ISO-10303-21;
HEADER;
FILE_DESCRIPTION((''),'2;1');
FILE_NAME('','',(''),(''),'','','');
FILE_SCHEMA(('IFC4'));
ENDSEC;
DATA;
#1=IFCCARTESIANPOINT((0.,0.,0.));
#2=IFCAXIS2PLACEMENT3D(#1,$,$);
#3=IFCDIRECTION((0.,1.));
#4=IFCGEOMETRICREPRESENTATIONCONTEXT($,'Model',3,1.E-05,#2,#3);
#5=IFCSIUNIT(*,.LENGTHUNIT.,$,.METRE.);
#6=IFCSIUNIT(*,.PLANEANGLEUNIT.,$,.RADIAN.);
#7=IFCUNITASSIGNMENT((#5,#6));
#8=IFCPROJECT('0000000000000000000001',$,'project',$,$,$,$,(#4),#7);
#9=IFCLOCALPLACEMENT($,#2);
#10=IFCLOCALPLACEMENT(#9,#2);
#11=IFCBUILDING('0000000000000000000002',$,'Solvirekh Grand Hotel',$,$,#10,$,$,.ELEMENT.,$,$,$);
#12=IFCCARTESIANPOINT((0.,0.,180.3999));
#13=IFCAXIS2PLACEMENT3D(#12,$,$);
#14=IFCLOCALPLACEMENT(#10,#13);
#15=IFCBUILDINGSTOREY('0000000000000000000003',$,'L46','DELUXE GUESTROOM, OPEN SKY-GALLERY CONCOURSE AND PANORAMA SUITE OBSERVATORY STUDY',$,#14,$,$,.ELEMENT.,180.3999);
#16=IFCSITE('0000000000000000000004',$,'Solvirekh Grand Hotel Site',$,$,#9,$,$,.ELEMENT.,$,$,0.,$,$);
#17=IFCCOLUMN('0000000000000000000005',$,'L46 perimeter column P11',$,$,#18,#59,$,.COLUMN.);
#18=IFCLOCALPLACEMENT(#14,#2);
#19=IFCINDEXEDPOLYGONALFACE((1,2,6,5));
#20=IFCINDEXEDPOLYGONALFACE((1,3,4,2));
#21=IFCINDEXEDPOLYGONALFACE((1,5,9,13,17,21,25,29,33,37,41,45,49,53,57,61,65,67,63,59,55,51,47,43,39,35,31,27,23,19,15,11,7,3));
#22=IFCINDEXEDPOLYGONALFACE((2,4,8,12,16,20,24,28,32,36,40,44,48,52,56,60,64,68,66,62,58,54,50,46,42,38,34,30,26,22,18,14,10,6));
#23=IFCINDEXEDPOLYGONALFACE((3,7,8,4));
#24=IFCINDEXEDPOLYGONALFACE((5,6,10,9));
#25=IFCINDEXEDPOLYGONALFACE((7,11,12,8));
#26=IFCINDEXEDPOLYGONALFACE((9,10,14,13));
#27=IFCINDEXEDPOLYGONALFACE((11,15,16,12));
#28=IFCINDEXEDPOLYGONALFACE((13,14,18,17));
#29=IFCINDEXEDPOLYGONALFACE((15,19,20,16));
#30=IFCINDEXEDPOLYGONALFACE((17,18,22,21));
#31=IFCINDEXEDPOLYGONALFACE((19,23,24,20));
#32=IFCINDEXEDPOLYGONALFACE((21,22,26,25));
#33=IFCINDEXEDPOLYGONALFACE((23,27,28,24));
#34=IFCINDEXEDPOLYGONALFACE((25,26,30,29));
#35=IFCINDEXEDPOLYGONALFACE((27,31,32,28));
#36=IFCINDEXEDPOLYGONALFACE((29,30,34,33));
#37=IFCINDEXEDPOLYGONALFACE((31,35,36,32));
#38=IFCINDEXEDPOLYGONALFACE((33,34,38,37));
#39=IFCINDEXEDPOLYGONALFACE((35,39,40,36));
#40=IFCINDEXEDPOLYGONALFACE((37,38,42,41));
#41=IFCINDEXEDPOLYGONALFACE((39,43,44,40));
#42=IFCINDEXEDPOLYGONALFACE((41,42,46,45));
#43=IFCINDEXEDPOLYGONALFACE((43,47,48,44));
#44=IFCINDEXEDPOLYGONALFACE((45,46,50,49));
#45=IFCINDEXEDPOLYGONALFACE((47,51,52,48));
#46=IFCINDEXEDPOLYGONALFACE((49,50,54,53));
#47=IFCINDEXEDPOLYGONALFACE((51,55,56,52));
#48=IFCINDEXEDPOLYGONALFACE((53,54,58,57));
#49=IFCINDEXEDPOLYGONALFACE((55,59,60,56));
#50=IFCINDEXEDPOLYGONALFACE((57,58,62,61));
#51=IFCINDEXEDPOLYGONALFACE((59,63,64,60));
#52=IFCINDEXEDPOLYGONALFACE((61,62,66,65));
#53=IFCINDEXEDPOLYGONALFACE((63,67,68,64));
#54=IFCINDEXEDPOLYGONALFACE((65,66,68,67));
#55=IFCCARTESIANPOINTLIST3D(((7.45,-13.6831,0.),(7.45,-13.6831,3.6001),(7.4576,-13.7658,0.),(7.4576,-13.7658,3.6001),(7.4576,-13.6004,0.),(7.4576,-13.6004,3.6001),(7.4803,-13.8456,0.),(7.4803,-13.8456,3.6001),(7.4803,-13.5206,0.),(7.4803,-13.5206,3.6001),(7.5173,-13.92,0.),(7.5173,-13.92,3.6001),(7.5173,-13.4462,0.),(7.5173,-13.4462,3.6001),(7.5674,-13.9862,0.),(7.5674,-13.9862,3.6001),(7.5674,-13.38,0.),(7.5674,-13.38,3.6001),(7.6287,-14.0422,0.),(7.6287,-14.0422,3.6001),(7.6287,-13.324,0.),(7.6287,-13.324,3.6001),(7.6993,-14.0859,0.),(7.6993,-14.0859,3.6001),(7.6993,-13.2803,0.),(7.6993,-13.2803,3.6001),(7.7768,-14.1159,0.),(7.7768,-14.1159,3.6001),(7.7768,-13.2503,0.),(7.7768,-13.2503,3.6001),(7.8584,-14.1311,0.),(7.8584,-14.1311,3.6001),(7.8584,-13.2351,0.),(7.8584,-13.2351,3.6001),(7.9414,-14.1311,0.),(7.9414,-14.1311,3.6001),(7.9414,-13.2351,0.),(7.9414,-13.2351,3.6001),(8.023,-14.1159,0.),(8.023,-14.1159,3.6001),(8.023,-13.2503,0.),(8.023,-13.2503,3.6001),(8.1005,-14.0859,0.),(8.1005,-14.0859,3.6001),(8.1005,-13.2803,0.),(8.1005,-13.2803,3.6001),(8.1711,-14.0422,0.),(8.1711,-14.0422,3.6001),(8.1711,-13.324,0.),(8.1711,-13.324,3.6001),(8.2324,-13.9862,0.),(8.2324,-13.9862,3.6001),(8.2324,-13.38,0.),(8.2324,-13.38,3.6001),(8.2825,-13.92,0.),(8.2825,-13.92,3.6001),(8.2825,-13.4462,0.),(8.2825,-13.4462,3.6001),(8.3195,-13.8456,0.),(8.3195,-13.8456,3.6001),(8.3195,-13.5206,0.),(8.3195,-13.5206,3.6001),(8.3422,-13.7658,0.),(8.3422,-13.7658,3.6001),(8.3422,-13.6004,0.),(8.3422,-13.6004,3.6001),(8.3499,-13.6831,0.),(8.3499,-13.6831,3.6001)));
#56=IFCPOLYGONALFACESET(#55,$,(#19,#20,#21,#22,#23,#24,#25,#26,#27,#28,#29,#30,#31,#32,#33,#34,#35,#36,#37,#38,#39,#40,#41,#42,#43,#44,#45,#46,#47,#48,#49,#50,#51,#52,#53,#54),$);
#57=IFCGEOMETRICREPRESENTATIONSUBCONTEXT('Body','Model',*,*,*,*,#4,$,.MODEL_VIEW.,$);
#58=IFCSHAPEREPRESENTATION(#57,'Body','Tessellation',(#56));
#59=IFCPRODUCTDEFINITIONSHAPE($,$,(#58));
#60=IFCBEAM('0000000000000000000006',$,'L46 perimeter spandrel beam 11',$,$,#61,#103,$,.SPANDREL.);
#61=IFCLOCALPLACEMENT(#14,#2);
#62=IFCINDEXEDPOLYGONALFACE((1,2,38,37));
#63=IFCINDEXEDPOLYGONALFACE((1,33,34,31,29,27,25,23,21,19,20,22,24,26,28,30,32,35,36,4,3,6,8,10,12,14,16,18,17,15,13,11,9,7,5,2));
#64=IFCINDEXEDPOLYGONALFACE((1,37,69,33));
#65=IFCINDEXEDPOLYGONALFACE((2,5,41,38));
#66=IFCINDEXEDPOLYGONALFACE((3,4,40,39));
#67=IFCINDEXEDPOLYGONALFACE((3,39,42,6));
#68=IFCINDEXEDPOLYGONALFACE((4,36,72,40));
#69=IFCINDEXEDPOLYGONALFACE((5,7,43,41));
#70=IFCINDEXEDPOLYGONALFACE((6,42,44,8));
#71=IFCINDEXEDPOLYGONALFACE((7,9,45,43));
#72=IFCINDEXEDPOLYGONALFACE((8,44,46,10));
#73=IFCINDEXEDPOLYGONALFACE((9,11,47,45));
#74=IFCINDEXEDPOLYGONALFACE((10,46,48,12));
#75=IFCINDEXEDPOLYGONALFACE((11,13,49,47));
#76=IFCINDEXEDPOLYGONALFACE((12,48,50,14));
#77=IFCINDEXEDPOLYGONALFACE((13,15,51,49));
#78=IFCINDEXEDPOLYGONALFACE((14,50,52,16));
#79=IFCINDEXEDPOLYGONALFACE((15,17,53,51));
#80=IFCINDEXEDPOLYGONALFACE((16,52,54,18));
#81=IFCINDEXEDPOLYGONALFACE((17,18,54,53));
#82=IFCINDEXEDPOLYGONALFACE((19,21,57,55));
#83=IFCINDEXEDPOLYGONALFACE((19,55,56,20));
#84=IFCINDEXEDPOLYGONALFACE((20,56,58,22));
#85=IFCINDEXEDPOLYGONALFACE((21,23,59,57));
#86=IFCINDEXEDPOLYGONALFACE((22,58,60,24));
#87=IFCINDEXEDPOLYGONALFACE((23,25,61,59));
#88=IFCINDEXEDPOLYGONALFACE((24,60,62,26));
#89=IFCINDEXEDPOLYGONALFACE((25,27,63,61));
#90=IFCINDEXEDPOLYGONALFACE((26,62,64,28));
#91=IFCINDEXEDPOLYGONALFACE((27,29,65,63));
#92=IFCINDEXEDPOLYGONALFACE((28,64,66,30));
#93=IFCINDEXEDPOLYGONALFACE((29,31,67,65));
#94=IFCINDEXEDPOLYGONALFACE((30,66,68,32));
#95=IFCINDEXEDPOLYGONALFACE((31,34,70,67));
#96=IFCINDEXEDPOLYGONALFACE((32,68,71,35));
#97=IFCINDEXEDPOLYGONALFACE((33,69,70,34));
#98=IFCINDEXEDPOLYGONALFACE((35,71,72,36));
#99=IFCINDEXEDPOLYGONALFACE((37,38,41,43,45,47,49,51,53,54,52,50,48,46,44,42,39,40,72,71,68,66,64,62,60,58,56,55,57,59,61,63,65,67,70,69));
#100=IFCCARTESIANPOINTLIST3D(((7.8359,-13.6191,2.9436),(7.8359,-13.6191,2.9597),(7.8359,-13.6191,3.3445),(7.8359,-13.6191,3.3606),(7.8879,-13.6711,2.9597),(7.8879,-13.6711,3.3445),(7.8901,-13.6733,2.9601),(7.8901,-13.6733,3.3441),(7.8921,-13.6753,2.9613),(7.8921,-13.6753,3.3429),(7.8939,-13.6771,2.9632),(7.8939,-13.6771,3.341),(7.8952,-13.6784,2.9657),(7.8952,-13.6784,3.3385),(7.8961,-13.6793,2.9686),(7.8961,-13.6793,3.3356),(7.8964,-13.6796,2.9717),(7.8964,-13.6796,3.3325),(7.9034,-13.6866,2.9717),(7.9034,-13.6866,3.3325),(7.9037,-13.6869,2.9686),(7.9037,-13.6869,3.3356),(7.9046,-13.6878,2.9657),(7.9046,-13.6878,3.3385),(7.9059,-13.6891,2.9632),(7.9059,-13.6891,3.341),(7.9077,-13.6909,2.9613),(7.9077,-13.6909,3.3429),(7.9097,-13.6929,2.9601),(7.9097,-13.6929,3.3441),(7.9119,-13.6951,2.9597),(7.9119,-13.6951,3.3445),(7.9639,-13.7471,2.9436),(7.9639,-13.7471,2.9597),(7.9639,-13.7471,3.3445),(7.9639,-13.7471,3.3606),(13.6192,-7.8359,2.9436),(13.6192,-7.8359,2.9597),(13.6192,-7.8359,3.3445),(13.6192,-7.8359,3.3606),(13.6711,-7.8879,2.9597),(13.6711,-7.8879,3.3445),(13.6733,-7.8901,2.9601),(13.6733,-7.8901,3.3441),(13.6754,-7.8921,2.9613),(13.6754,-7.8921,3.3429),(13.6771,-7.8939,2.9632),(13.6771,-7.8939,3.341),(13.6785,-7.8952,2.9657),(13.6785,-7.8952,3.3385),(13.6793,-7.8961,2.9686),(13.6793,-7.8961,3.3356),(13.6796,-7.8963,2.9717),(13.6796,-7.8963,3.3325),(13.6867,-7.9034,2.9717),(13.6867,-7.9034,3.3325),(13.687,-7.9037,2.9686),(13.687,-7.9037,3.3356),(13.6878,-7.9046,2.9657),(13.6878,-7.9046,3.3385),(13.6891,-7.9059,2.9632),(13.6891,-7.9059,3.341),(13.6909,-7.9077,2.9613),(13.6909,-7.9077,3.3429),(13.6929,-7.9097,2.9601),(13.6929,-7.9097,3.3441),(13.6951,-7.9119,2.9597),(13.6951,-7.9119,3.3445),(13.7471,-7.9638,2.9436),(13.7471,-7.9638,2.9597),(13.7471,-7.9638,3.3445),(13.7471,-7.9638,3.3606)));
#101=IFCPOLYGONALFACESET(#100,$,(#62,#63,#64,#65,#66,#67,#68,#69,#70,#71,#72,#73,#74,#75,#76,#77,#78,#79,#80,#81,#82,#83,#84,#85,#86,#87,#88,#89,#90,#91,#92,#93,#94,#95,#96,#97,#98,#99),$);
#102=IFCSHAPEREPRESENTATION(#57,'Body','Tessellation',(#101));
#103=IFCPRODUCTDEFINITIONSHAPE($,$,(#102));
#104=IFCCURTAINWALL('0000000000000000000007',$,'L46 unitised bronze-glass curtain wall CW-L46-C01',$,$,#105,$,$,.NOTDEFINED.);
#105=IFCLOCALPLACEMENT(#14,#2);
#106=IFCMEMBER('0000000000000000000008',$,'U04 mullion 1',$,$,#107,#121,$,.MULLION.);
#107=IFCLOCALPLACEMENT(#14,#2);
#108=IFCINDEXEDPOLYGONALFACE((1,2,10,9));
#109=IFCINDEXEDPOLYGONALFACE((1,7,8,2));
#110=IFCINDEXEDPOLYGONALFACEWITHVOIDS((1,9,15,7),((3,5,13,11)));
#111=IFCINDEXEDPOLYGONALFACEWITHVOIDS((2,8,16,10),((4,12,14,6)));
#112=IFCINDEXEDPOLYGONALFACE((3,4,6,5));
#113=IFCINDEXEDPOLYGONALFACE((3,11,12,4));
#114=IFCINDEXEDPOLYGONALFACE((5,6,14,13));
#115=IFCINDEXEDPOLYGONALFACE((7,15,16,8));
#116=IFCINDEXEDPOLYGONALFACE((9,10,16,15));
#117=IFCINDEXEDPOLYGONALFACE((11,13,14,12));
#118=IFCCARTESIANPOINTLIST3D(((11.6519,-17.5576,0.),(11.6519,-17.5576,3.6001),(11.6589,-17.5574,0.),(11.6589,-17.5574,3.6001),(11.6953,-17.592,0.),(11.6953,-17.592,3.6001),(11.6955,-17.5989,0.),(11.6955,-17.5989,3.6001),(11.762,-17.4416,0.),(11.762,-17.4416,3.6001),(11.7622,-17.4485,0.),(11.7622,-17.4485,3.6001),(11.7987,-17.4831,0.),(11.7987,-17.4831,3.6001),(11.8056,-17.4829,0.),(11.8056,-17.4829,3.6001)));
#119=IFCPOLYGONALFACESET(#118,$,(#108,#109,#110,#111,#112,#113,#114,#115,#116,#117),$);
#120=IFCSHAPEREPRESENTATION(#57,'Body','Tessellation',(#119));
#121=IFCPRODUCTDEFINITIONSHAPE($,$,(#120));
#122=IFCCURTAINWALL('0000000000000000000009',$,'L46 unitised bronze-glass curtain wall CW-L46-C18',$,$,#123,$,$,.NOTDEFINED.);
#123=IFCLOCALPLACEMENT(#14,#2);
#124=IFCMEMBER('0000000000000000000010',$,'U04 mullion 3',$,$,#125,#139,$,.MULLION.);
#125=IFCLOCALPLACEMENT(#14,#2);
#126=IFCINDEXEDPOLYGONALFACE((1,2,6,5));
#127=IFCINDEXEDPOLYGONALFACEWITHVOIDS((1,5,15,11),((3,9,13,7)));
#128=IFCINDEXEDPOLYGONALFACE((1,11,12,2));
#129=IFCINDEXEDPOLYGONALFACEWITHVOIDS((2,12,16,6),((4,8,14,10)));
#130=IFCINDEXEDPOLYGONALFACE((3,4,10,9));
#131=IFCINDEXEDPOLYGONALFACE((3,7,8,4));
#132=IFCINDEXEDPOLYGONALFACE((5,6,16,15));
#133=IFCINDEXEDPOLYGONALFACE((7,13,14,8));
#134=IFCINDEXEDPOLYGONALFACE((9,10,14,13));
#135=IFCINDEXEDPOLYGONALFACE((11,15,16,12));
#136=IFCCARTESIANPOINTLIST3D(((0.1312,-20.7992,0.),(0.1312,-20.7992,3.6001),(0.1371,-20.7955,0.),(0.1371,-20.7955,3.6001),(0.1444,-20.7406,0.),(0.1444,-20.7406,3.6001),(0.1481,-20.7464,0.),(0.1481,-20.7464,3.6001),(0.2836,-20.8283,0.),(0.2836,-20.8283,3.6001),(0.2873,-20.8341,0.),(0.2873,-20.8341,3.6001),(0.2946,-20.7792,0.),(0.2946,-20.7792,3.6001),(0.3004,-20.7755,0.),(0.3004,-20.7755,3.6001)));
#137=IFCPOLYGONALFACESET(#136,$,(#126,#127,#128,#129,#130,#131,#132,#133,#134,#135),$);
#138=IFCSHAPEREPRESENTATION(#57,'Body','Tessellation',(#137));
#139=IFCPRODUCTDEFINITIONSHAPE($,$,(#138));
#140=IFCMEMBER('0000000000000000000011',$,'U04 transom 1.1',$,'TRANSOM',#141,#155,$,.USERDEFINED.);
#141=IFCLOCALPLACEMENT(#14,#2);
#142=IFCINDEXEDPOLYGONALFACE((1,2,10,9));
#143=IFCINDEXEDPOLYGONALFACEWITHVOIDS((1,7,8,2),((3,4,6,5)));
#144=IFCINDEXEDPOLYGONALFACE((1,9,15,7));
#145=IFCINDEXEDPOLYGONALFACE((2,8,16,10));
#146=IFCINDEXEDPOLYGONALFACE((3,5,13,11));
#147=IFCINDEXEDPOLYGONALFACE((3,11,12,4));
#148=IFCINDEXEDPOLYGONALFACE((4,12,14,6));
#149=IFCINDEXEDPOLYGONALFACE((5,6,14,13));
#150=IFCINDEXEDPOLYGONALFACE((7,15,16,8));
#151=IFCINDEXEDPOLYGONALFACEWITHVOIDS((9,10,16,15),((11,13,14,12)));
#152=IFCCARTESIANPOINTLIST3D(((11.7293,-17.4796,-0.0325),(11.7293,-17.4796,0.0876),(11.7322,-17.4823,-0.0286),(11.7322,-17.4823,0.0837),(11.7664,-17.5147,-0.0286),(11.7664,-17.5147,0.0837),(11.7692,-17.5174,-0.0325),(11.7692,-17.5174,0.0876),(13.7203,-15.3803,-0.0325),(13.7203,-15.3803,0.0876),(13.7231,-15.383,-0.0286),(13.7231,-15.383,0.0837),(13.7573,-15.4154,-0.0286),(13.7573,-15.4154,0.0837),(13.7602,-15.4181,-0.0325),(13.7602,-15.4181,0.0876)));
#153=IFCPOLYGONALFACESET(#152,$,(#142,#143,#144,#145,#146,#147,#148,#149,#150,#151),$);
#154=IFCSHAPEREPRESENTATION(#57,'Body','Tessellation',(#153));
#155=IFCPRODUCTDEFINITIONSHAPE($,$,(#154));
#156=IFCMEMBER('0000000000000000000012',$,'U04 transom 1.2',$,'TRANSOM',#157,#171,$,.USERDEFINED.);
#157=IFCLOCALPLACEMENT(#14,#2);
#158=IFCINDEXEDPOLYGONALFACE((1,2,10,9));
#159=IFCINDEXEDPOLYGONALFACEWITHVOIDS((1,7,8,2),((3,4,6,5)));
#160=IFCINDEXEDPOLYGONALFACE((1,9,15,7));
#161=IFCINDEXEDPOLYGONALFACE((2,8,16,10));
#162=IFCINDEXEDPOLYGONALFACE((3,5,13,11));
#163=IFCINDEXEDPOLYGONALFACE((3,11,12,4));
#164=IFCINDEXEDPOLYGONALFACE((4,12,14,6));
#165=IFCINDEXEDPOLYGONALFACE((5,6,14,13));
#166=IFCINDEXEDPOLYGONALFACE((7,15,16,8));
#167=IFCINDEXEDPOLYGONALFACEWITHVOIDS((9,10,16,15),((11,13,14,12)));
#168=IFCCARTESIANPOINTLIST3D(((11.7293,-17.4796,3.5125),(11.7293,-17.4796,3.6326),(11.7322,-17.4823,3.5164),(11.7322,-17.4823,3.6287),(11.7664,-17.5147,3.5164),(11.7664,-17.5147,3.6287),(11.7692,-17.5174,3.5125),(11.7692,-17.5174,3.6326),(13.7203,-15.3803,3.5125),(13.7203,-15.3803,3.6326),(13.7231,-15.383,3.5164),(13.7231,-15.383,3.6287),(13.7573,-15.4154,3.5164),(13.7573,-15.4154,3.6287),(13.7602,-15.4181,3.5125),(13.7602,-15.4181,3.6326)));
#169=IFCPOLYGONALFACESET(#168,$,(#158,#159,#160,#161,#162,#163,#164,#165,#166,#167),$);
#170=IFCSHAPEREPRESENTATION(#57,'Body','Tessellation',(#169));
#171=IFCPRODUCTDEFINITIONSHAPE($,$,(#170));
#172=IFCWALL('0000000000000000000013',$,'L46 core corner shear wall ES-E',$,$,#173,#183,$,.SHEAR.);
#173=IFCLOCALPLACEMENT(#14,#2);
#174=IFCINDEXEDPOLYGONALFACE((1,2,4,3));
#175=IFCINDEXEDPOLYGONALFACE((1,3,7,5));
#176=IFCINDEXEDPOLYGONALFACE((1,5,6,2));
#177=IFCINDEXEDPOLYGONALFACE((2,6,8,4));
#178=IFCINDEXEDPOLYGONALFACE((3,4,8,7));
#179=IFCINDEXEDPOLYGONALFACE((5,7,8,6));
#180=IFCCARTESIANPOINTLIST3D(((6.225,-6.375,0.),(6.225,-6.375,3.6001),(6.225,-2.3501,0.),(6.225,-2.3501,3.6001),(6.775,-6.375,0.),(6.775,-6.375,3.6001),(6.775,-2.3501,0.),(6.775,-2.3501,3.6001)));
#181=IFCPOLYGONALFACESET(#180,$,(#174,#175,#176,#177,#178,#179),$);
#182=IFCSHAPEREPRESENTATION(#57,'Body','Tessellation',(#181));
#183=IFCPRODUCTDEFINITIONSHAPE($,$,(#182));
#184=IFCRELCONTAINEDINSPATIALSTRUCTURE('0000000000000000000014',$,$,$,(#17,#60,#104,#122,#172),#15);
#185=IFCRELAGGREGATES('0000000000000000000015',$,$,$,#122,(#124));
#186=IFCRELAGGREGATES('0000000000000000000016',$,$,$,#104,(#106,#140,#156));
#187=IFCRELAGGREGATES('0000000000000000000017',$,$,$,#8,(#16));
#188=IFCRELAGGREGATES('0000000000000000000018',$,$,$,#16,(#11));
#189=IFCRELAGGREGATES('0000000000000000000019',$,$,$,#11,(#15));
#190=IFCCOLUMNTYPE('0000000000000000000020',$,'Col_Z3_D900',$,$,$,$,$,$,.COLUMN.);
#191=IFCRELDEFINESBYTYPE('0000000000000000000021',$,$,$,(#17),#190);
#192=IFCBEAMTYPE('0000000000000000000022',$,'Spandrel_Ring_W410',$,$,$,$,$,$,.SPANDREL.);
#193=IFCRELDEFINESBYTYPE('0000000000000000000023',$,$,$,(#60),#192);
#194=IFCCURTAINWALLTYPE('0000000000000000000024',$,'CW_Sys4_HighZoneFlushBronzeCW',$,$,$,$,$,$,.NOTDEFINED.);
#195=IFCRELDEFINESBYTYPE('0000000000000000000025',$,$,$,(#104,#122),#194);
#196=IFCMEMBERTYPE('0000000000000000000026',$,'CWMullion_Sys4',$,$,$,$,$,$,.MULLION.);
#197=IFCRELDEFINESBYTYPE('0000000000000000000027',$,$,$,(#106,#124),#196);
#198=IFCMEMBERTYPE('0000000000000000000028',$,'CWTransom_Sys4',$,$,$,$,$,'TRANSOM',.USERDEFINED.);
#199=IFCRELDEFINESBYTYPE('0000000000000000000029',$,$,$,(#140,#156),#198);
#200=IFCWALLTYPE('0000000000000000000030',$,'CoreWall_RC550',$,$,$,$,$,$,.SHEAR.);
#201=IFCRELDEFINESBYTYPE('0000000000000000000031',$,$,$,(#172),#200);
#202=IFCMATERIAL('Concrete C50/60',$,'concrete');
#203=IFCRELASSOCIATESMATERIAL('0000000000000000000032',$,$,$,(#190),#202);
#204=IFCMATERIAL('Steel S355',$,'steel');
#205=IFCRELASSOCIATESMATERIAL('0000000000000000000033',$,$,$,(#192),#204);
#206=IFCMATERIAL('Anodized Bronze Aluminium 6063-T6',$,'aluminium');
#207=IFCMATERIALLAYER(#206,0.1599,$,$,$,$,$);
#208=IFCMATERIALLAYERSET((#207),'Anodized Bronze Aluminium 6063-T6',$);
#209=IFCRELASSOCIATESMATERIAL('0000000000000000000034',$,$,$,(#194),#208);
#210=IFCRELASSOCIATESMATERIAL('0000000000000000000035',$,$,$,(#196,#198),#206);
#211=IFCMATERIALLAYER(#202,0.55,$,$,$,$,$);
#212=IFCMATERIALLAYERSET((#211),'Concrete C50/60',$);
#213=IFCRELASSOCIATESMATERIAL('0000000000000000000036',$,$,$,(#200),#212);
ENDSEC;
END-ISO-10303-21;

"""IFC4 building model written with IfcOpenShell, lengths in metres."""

from ifc_helpers import new_model, si_unit, direction, frame, frame_2d, origin, origin_2d, place, context, subcontext, project, spatial, rectangle, hollow_rectangle, circle, i_section, extrude, source, transform, mapped, material, layer, layer_set, material_profile, profile_set, type_object, element, aggregate, save


model = new_model("IFC4")

# Units and contexts
model_context = context("Model", 3, precision=1e-05, world=origin(), true_north=direction((0.0, 1.0)))
body_context = subcontext(model_context, "Body", "Model", "MODEL_VIEW")
ifc_project = project(units=[si_unit("LENGTHUNIT", "METRE"), si_unit("PLANEANGLEUNIT", "RADIAN")], contexts=[model_context])

# Site, building, storey
site_placement = place(None, origin())
site = spatial("IfcSite", under=ifc_project, at=site_placement, Name="Solvirekh Grand Hotel Site", CompositionType="ELEMENT", RefElevation=0.0)
building_placement = place(site_placement, origin())
building = spatial("IfcBuilding", under=site, at=building_placement, Name="Solvirekh Grand Hotel", CompositionType="ELEMENT")
storey_placement = place(building_placement, frame((0.0, 0.0, 180.3999)))
storey = spatial("IfcBuildingStorey", under=building, at=storey_placement, Name="L46", Description="DELUXE GUESTROOM, OPEN SKY-GALLERY CONCOURSE AND PANORAMA SUITE OBSERVATORY STUDY", CompositionType="ELEMENT", Elevation=180.3999)

# Column
ifc_material_1 = material(Name="Concrete C50/60", Category="concrete")
ifc_material_profile_1 = material_profile(ifc_material_1, circle(Radius=0.45, at=origin_2d()), Name="RC CIRC D900")
ifc_profile_set_1 = profile_set([ifc_material_profile_1], Name="Concrete C50/60")
column_type = type_object("IfcColumnType", Name="Col_Z3_D900", PredefinedType="COLUMN", material=ifc_profile_set_1)
column_placement = place(storey_placement, frame((7.8999, -13.6831, 0.0), z_axis=(0.0, 0.0, 1.0), x_axis=(1.0, 0.0, 0.0)))
element("IfcColumn", 1, at=column_placement, inside=storey, type_object=column_type, Name="L46 perimeter column P11", PredefinedType="COLUMN", context=body_context, shape_type="SweptSolid", body=[
    extrude(circle(Radius=0.45, at=origin_2d()), origin(), (0.0, 0.0, 1.0), 3.6001),
])

# Beam
ifc_material_2 = material(Name="Steel S355", Category="steel")
ifc_material_profile_2 = material_profile(ifc_material_2, i_section(OverallWidth=0.1809, OverallDepth=0.417, WebThickness=0.01, FlangeThickness=0.0161, FilletRadius=0.012, at=origin_2d()), Name="W410X85")
ifc_profile_set_2 = profile_set([ifc_material_profile_2], Name="Steel S355")
beam_type = type_object("IfcBeamType", Name="Spandrel_Ring_W410", PredefinedType="SPANDREL", material=ifc_profile_set_2)
beam_placement = place(storey_placement, frame((7.8999, -13.6831, 3.1521), z_axis=(0.707107, 0.707107, 0.0), x_axis=(-0.707107, 0.707107, 0.0)))
element("IfcBeam", 2, at=beam_placement, inside=storey, type_object=beam_type, Name="L46 perimeter spandrel beam 11", PredefinedType="SPANDREL", context=body_context, shape_type="SweptSolid", body=[
    extrude(i_section(OverallWidth=0.1809, OverallDepth=0.417, WebThickness=0.01, FlangeThickness=0.0161, FilletRadius=0.012, at=origin_2d()), origin(), (0.0, 0.0, 1.0), 8.1787),
])

# Curtain walls, members
ifc_material_3 = material(Name="Anodized Bronze Aluminium 6063-T6", Category="aluminium")
ifc_layer_1 = layer(ifc_material_3, 0.1599)
ifc_layer_set_1 = layer_set([ifc_layer_1], Name="Anodized Bronze Aluminium 6063-T6")
curtain_wall_type = type_object("IfcCurtainWallType", Name="CW_Sys4_HighZoneFlushBronzeCW", PredefinedType="NOTDEFINED", material=ifc_layer_set_1)
curtain_wall_1_placement = place(storey_placement, origin())
curtain_wall_1 = element("IfcCurtainWall", 3, at=curtain_wall_1_placement, inside=storey, type_object=curtain_wall_type, Name="L46 unitised bronze-glass curtain wall CW-L46-C01", PredefinedType="NOTDEFINED")
ifc_material_profile_3 = material_profile(ifc_material_3, hollow_rectangle(XDim=0.0601, YDim=0.1599, WallThickness=0.0049, at=origin_2d()), Name="ALU RHS 160X60X5")
ifc_profile_set_3 = profile_set([ifc_material_profile_3], Name="Anodized Bronze Aluminium 6063-T6")
member_type_1 = type_object("IfcMemberType", Name="CWMullion_Sys4", PredefinedType="MULLION", material=ifc_profile_set_3)
shared_shape_1 = source(origin(), body_context, "Body", "SweptSolid", [
    extrude(hollow_rectangle(XDim=0.0601, YDim=0.1599, WallThickness=0.0049, at=origin_2d()), origin(), (0.0, 0.0, 1.0), 3.6001),
])
member_1_placement = place(storey_placement, frame((11.7288, -17.5203, 0.0), z_axis=(0.0, 0.0, 1.0), x_axis=(-0.725547, 0.688172, 0.0)))
member_1 = element("IfcMember", 4, at=member_1_placement, type_object=member_type_1, Name="U04 mullion 1", PredefinedType="MULLION", context=body_context, shape_type="MappedRepresentation", body=[
    mapped(shared_shape_1, transform((0.0, 0.0, 0.0), x_axis=(1.0, 0.0, 0.0), y_axis=(0.0, 1.0, 0.0), z_axis=(0.0, 0.0, 1.0), scale=1.0)),
])
curtain_wall_2_placement = place(storey_placement, origin())
curtain_wall_2 = element("IfcCurtainWall", 5, at=curtain_wall_2_placement, inside=storey, type_object=curtain_wall_type, Name="L46 unitised bronze-glass curtain wall CW-L46-C18", PredefinedType="NOTDEFINED")
member_2_placement = place(storey_placement, frame((0.2158, -20.7874, 0.0), z_axis=(0.0, 0.0, 1.0), x_axis=(0.218488, 0.97584, 0.0)))
member_2 = element("IfcMember", 6, at=member_2_placement, type_object=member_type_1, Name="U04 mullion 3", PredefinedType="MULLION", context=body_context, shape_type="MappedRepresentation", body=[
    mapped(shared_shape_1, transform((0.0, 0.0, 0.0), x_axis=(1.0, 0.0, 0.0), y_axis=(0.0, 1.0, 0.0), z_axis=(0.0, 0.0, 1.0), scale=1.0)),
])
aggregate(curtain_wall_2, [member_2])

# Members
ifc_material_profile_4 = material_profile(ifc_material_3, hollow_rectangle(XDim=0.0549, YDim=0.1201, WallThickness=0.0039, at=origin_2d()), Name="ALU RHS 120X55X4")
ifc_profile_set_4 = profile_set([ifc_material_profile_4], Name="Anodized Bronze Aluminium 6063-T6")
member_type_2 = type_object("IfcMemberType", Name="CWTransom_Sys4", ElementType="TRANSOM", PredefinedType="USERDEFINED", material=ifc_profile_set_4)
shared_shape_2 = source(origin(), body_context, "Body", "SweptSolid", [
    extrude(hollow_rectangle(XDim=0.0549, YDim=0.1201, WallThickness=0.0039, at=origin_2d()), origin(), (0.0, 0.0, 1.0), 2.8933),
])
member_3_placement = place(storey_placement, frame((11.7493, -17.4985, 0.0276), z_axis=(0.688126, 0.725591, 0.0), x_axis=(-0.725591, 0.688126, 0.0)))
member_3 = element("IfcMember", 7, at=member_3_placement, type_object=member_type_2, Name="U04 transom 1.1", ObjectType="TRANSOM", PredefinedType="USERDEFINED", context=body_context, shape_type="MappedRepresentation", body=[
    mapped(shared_shape_2, transform((0.0, 0.0, 0.0), x_axis=(1.0, 0.0, 0.0), y_axis=(0.0, 1.0, 0.0), z_axis=(0.0, 0.0, 1.0), scale=1.0)),
])
member_4_placement = place(storey_placement, frame((11.7493, -17.4985, 3.5725), z_axis=(0.688126, 0.725591, 0.0), x_axis=(-0.725591, 0.688126, 0.0)))
member_4 = element("IfcMember", 8, at=member_4_placement, type_object=member_type_2, Name="U04 transom 1.2", ObjectType="TRANSOM", PredefinedType="USERDEFINED", context=body_context, shape_type="MappedRepresentation", body=[
    mapped(shared_shape_2, transform((0.0, 0.0, 0.0), x_axis=(1.0, 0.0, 0.0), y_axis=(0.0, 1.0, 0.0), z_axis=(0.0, 0.0, 1.0), scale=1.0)),
])
aggregate(curtain_wall_1, [member_1, member_3, member_4])

# Wall
ifc_layer_2 = layer(ifc_material_1, 0.55)
ifc_layer_set_2 = layer_set([ifc_layer_2], Name="Concrete C50/60")
wall_type_1 = type_object("IfcWallType", Name="CoreWall_RC550", PredefinedType="SHEAR", material=ifc_layer_set_2)
wall_1_placement = place(storey_placement, frame((6.5, -6.375, 0.0), z_axis=(0.0, 0.0, 1.0), x_axis=(0.0, 1.0, 0.0)))
element("IfcWall", 9, at=wall_1_placement, inside=storey, type_object=wall_type_1, Name="L46 core corner shear wall ES-E", PredefinedType="SHEAR", context=body_context, shape_type="SweptSolid", body=[
    extrude(rectangle(XDim=4.0249, YDim=0.55, at=frame_2d((2.0125, 0.0))), origin(), (0.0, 0.0, 1.0), 3.6001),
])

save(model, "model.ifc")
